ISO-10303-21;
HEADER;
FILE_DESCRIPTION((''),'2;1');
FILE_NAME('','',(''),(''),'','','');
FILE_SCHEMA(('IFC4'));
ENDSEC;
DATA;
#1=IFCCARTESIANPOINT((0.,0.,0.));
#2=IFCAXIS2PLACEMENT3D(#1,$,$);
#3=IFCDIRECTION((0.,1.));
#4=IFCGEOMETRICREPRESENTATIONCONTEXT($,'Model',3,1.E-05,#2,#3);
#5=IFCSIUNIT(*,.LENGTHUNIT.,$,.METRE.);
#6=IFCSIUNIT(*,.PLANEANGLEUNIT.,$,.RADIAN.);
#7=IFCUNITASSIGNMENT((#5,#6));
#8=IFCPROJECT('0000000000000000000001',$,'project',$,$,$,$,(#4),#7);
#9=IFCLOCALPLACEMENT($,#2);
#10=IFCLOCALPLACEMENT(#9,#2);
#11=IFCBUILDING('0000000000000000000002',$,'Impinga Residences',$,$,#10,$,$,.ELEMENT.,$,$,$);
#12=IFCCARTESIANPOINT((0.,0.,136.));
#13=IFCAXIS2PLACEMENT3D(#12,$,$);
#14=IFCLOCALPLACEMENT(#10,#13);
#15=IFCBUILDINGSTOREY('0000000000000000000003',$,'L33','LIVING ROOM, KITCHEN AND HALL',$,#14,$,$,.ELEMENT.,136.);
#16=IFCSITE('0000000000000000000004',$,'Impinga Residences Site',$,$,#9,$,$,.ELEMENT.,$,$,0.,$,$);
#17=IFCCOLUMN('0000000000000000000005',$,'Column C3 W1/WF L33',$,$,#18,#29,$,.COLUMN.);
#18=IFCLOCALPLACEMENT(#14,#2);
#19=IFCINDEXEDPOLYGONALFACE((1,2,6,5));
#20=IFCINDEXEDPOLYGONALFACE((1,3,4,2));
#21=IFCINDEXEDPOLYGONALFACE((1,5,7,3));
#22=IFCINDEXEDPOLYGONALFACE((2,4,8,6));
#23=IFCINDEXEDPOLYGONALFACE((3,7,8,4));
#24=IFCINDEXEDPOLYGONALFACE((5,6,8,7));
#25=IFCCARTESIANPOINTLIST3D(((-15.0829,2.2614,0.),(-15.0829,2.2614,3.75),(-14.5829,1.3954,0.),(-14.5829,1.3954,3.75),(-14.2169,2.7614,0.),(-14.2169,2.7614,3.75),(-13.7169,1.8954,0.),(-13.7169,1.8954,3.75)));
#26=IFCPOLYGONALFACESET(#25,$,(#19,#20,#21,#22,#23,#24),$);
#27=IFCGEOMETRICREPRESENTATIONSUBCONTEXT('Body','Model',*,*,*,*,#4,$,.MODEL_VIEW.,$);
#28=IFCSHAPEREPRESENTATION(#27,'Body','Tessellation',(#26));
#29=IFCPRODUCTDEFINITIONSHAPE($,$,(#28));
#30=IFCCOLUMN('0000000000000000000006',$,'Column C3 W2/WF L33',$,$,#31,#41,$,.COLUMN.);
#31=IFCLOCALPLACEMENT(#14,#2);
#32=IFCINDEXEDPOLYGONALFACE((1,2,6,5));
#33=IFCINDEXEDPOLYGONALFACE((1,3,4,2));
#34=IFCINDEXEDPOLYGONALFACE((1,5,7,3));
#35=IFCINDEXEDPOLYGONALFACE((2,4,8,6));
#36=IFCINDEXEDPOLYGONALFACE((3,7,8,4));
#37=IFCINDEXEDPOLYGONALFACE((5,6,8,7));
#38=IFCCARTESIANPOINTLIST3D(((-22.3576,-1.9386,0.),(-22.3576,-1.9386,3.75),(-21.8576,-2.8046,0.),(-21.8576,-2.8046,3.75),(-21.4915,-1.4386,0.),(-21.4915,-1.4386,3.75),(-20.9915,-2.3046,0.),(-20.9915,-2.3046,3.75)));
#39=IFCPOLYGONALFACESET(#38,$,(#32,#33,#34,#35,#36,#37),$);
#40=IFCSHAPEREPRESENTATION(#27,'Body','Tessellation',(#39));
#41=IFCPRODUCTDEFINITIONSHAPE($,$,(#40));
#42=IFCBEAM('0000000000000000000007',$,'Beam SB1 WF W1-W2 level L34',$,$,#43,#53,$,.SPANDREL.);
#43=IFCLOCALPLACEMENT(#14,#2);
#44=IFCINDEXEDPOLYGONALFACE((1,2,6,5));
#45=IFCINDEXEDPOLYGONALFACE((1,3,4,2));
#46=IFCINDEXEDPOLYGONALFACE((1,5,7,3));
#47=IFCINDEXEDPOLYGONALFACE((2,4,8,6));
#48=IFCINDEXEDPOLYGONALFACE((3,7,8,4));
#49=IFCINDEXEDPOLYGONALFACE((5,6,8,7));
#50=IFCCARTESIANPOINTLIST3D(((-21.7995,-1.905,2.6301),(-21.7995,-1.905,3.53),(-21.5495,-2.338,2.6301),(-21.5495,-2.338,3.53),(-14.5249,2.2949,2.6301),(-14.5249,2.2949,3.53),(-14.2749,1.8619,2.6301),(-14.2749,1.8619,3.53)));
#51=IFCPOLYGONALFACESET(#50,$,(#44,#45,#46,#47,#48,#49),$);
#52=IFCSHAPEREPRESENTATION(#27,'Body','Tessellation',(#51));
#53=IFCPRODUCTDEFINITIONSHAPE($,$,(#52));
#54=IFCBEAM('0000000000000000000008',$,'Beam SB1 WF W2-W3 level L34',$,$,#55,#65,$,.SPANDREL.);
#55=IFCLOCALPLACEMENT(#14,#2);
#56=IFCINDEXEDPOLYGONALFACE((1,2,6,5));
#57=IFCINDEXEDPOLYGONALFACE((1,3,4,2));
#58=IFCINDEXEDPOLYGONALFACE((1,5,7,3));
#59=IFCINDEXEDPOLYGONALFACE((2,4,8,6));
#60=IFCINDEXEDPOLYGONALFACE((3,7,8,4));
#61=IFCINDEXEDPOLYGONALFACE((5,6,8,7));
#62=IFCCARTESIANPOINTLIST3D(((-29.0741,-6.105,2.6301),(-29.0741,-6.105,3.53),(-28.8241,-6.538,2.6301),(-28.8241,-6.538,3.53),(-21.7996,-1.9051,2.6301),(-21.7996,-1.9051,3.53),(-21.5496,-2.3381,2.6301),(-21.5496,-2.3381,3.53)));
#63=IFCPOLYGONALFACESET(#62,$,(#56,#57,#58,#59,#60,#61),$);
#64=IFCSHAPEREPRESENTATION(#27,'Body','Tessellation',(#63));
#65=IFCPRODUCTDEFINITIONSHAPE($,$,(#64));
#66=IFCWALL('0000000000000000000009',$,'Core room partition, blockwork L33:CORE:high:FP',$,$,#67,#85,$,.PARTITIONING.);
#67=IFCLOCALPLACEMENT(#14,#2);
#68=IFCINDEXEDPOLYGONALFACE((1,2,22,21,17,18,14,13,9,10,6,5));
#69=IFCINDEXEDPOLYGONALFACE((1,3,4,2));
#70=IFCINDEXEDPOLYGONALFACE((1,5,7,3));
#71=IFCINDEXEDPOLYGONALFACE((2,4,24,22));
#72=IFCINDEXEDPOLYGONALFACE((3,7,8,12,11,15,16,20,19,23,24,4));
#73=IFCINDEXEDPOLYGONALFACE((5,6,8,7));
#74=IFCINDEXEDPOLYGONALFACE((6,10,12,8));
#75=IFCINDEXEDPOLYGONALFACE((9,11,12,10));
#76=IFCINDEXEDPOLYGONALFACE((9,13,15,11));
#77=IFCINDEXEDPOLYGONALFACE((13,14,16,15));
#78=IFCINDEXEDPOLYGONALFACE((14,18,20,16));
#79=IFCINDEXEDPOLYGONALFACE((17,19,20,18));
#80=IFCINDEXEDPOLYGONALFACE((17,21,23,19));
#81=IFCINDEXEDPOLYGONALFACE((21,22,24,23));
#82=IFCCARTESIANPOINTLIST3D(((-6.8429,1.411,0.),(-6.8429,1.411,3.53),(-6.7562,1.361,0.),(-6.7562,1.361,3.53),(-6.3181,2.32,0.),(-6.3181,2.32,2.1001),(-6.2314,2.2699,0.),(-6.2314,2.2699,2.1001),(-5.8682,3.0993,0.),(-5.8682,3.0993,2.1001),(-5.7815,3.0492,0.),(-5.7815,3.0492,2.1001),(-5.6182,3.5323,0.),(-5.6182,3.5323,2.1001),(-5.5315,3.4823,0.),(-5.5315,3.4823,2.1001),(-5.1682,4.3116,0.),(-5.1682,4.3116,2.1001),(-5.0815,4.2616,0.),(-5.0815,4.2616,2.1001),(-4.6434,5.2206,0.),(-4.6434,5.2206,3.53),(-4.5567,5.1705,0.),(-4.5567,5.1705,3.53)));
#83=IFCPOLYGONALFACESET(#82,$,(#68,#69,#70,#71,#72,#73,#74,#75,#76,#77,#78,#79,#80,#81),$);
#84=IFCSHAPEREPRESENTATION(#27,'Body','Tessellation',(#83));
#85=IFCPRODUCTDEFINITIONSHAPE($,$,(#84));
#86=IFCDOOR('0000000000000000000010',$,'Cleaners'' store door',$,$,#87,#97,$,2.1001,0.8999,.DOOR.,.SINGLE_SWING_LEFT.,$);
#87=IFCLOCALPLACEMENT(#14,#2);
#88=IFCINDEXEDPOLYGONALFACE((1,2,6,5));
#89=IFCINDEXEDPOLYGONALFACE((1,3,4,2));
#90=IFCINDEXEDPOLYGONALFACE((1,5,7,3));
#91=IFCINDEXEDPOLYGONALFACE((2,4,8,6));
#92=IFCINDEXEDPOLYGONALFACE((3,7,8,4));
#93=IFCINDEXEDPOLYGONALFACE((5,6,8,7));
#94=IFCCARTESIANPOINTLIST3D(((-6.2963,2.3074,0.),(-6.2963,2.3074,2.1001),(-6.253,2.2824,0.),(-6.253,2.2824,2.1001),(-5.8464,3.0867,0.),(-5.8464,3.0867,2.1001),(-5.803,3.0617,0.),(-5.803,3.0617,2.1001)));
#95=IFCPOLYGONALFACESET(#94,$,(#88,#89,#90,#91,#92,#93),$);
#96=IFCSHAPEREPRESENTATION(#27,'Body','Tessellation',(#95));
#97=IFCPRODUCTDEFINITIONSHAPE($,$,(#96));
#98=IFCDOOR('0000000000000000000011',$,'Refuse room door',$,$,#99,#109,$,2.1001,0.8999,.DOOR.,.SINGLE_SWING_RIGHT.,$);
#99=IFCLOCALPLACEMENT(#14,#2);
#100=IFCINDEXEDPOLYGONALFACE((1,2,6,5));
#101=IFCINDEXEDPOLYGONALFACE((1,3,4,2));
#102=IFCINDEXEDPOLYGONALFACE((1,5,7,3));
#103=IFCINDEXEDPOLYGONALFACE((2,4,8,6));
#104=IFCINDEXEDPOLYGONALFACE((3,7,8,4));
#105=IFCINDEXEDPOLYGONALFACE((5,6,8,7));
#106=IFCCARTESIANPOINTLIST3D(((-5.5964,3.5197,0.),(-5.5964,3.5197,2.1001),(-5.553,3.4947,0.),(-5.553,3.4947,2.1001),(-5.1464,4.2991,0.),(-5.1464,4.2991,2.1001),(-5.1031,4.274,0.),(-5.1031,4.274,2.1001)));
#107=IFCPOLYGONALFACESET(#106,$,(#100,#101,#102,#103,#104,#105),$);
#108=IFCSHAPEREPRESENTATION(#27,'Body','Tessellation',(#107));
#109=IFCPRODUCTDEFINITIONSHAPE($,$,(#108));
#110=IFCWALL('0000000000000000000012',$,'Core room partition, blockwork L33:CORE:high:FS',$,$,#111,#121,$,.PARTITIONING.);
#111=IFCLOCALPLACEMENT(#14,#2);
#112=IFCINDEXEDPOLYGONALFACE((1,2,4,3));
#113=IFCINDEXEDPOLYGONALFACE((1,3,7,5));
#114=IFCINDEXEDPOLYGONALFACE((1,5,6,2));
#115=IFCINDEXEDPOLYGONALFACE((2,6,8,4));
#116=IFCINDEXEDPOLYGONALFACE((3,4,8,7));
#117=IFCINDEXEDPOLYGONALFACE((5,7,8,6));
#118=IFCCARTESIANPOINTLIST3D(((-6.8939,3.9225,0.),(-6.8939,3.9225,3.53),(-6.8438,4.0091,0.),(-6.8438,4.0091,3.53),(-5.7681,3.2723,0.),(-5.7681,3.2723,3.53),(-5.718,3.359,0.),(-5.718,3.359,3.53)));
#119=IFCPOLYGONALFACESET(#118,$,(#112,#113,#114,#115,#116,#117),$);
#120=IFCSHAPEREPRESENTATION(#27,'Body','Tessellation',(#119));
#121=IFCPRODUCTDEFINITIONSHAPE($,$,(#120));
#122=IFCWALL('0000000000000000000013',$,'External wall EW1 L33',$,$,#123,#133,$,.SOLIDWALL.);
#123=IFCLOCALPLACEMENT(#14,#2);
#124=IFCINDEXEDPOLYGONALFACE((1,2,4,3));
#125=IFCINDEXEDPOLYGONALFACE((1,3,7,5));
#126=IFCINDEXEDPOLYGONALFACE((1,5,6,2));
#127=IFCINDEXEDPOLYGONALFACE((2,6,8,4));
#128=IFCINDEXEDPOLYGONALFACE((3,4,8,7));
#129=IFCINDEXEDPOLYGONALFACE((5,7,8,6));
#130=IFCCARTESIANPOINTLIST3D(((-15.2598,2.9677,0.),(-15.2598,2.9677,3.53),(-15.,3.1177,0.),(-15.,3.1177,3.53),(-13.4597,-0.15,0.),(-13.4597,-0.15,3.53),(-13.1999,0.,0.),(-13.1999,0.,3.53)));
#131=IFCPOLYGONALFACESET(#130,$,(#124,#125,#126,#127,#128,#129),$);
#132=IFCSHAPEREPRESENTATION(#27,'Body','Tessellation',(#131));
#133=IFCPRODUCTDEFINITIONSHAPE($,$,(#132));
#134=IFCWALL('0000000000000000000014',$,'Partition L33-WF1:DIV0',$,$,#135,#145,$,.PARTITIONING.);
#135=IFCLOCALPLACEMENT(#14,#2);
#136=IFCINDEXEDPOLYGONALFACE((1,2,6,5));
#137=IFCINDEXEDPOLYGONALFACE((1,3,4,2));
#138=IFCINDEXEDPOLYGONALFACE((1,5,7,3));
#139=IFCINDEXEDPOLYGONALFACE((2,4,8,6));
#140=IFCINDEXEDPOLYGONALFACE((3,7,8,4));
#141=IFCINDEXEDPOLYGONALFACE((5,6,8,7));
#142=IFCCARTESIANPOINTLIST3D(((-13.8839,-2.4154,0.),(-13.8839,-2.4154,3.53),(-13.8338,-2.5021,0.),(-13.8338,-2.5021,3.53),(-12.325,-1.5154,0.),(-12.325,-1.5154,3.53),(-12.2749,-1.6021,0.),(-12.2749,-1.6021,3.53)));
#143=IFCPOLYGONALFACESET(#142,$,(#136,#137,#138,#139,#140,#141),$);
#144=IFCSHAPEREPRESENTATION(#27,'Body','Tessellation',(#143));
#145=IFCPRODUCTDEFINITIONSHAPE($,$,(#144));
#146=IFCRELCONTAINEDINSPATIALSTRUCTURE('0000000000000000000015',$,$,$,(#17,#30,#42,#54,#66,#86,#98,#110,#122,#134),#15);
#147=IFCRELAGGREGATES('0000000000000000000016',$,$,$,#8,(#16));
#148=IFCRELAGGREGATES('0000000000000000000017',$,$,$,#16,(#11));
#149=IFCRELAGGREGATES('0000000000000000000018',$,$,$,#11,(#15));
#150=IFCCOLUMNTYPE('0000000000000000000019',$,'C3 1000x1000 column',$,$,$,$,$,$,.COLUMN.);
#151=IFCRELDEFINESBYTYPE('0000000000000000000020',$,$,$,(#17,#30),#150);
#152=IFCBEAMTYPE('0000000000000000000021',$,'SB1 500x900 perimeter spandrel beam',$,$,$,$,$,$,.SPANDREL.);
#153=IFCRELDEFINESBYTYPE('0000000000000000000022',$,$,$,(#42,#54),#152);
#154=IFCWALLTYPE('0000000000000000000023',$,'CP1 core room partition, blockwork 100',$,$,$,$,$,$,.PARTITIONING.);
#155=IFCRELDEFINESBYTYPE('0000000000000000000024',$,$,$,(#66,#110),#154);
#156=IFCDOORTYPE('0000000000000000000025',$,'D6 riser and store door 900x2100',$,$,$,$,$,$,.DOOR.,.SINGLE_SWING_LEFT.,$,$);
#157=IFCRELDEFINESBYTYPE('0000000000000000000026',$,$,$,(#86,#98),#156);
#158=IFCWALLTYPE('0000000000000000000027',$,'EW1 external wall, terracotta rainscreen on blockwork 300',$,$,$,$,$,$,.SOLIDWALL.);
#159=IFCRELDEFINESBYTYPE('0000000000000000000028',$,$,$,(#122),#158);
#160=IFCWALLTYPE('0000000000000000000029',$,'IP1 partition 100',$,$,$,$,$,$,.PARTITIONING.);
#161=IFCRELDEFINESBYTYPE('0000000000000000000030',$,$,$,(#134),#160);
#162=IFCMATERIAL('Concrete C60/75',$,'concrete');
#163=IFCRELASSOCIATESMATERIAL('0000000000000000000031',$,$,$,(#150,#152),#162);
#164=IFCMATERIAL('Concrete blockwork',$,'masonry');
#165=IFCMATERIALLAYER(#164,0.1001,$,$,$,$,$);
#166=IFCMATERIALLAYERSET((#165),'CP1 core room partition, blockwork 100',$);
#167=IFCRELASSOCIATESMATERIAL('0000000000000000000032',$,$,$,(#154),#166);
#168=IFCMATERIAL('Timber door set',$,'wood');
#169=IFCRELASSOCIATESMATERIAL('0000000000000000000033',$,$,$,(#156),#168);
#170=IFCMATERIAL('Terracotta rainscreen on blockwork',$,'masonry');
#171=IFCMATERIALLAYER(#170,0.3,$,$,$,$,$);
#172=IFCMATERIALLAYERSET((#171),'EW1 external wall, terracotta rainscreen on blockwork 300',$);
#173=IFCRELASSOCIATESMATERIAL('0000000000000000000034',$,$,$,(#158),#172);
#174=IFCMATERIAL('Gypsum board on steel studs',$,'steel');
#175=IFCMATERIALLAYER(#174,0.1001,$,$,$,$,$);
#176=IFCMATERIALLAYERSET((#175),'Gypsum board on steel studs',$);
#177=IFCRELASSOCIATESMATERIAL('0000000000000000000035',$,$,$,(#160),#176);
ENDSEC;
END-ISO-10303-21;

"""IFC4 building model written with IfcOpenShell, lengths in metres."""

from ifc_helpers import new_model, si_unit, direction, frame, frame_2d, origin, origin_2d, place, context, subcontext, project, spatial, rectangle, extrude, material, layer, layer_set, material_profile, profile_set, type_object, element, fill, save


model = new_model("IFC4")

# Units and contexts
model_context = context("Model", 3, precision=1e-05, world=origin(), true_north=direction((0.0, 1.0)))
body_context = subcontext(model_context, "Body", "Model", "MODEL_VIEW")
ifc_project = project(units=[si_unit("LENGTHUNIT", "METRE"), si_unit("PLANEANGLEUNIT", "RADIAN")], contexts=[model_context])

# Site, building, storey
site_placement = place(None, origin())
site = spatial("IfcSite", under=ifc_project, at=site_placement, Name="Impinga Residences Site", CompositionType="ELEMENT", RefElevation=0.0)
building_placement = place(site_placement, origin())
building = spatial("IfcBuilding", under=site, at=building_placement, Name="Impinga Residences", CompositionType="ELEMENT")
storey_placement = place(building_placement, frame((0.0, 0.0, 136.0)))
storey = spatial("IfcBuildingStorey", under=building, at=storey_placement, Name="L33", Description="LIVING ROOM, KITCHEN AND HALL", CompositionType="ELEMENT", Elevation=136.0)

# Columns
ifc_material_1 = material(Name="Concrete C60/75", Category="concrete")
ifc_material_profile_1 = material_profile(ifc_material_1, rectangle(XDim=1.0, YDim=1.0, at=origin_2d()), Name="RC 1000x1000")
ifc_profile_set_1 = profile_set([ifc_material_profile_1], Name="Concrete C60/75")
column_type = type_object("IfcColumnType", Name="C3 1000x1000 column", PredefinedType="COLUMN", material=ifc_profile_set_1)
for number, where, z_axis, x_axis, name in (
    (1, (-14.3999, 2.0784, 0.0), (0.0, 0.0, 1.0), (-0.5, 0.866025, 0.0), "Column C3 W1/WF L33"),
    (2, (-21.6746, -2.1216, 0.0), (0.0, 0.0, 1.0), (-0.5, 0.866025, 0.0), "Column C3 W2/WF L33"),
):
    element("IfcColumn", number, at=place(storey_placement, frame(where, z_axis=z_axis, x_axis=x_axis)), inside=storey, type_object=column_type, Name=name, PredefinedType="COLUMN", context=body_context, shape_type="SweptSolid", body=[
        extrude(rectangle(XDim=1.0, YDim=1.0, at=origin_2d()), origin(), (0.0, 0.0, 1.0), 3.75),
    ])

# Beams
ifc_material_profile_2 = material_profile(ifc_material_1, rectangle(XDim=0.5, YDim=0.8999, at=origin_2d()), Name="RC 500x900")
ifc_profile_set_2 = profile_set([ifc_material_profile_2], Name="Concrete C60/75")
beam_type = type_object("IfcBeamType", Name="SB1 500x900 perimeter spandrel beam", PredefinedType="SPANDREL", material=ifc_profile_set_2)
for number, where, z_axis, x_axis, name in (
    (3, (-14.3999, 2.0784, 3.0801), (-0.866029, -0.499993, 0.0), (0.499993, -0.866029, 0.0), "Beam SB1 WF W1-W2 level L34"),
    (4, (-21.6746, -2.1216, 3.0801), (-0.866029, -0.499993, 0.0), (0.499993, -0.866029, 0.0), "Beam SB1 WF W2-W3 level L34"),
):
    element("IfcBeam", number, at=place(storey_placement, frame(where, z_axis=z_axis, x_axis=x_axis)), inside=storey, type_object=beam_type, Name=name, PredefinedType="SPANDREL", context=body_context, shape_type="SweptSolid", body=[
        extrude(rectangle(XDim=0.5, YDim=0.8999, at=origin_2d()), origin(), (0.0, 0.0, 1.0), 8.3999),
    ])

# Wall, openings, doors
ifc_material_2 = material(Name="Concrete blockwork", Category="masonry")
ifc_layer_1 = layer(ifc_material_2, 0.1001)
ifc_layer_set_1 = layer_set([ifc_layer_1], Name="CP1 core room partition, blockwork 100")
wall_type_1 = type_object("IfcWallType", Name="CP1 core room partition, blockwork 100", PredefinedType="PARTITIONING", material=ifc_layer_set_1)
wall_1_placement = place(storey_placement, frame((-6.7996, 1.386, 0.0), z_axis=(0.0, 0.0, 1.0), x_axis=(0.500001, 0.866025, 0.0)))
wall_1 = element("IfcWall", 5, at=wall_1_placement, inside=storey, type_object=wall_type_1, Name="Core room partition, blockwork L33:CORE:high:FP", PredefinedType="PARTITIONING", context=body_context, shape_type="SweptSolid", body=[
    extrude(rectangle(XDim=4.3989, YDim=0.1001, at=frame_2d((2.1995, 0.0))), origin(), (0.0, 0.0, 1.0), 3.53),
])
opening_1_placement = place(wall_1_placement, frame((1.0496, 0.0, 0.0)))
opening_1 = element("IfcOpeningElement", 6, at=opening_1_placement, cuts=wall_1, PredefinedType="OPENING", context=body_context, shape_type="SweptSolid", body=[
    extrude(rectangle(XDim=0.8999, YDim=2.1001, at=frame_2d((0.45, 1.05))), frame((0.0, 0.0601, 0.0), z_axis=(0.0, -1.0, 0.0), x_axis=(1.0, 0.0, 0.0)), (0.0, 0.0, 1.0), 0.1201),
])
opening_2_placement = place(wall_1_placement, frame((2.4495, 0.0, 0.0)))
opening_2 = element("IfcOpeningElement", 7, at=opening_2_placement, cuts=wall_1, PredefinedType="OPENING", context=body_context, shape_type="SweptSolid", body=[
    extrude(rectangle(XDim=0.8999, YDim=2.1001, at=frame_2d((0.45, 1.05))), frame((0.0, 0.0601, 0.0), z_axis=(0.0, -1.0, 0.0), x_axis=(1.0, 0.0, 0.0)), (0.0, 0.0, 1.0), 0.1201),
])
ifc_material_3 = material(Name="Timber door set", Category="wood")
door_type_1 = type_object("IfcDoorType", Name="D6 riser and store door 900x2100", OperationType="SINGLE_SWING_LEFT", PredefinedType="DOOR", material=ifc_material_3)
door_1_placement = place(opening_1_placement, origin())
door_1 = element("IfcDoor", 8, at=door_1_placement, inside=storey, type_object=door_type_1, Name="Cleaners' store door", OperationType="SINGLE_SWING_LEFT", OverallHeight=2.1001, OverallWidth=0.8999, PredefinedType="DOOR", context=body_context, shape_type="SweptSolid", body=[
    extrude(rectangle(XDim=0.8999, YDim=2.1001, at=frame_2d((0.45, 1.05))), frame((0.0, 0.0249, 0.0), z_axis=(0.0, -1.0, 0.0), x_axis=(1.0, 0.0, 0.0)), (0.0, 0.0, 1.0), 0.05),
])
fill(opening_1, door_1)
door_2_placement = place(opening_2_placement, origin())
door_2 = element("IfcDoor", 9, at=door_2_placement, inside=storey, type_object=door_type_1, Name="Refuse room door", OperationType="SINGLE_SWING_RIGHT", OverallHeight=2.1001, OverallWidth=0.8999, PredefinedType="DOOR", context=body_context, shape_type="SweptSolid", body=[
    extrude(rectangle(XDim=0.8999, YDim=2.1001, at=frame_2d((0.45, 1.05))), frame((0.0, 0.0249, 0.0), z_axis=(0.0, -1.0, 0.0), x_axis=(1.0, 0.0, 0.0)), (0.0, 0.0, 1.0), 0.05),
])
fill(opening_2, door_2)

# Walls
wall_2_placement = place(storey_placement, frame((-5.7432, 3.3157, 0.0), z_axis=(0.0, 0.0, 1.0), x_axis=(-0.865957, 0.500118, 0.0)))
element("IfcWall", 10, at=wall_2_placement, inside=storey, type_object=wall_type_1, Name="Core room partition, blockwork L33:CORE:high:FS", PredefinedType="PARTITIONING", context=body_context, shape_type="SweptSolid", body=[
    extrude(rectangle(XDim=1.3, YDim=0.1001, at=frame_2d((0.6499, 0.0))), origin(), (0.0, 0.0, 1.0), 3.53),
])
ifc_material_4 = material(Name="Terracotta rainscreen on blockwork", Category="masonry")
ifc_layer_2 = layer(ifc_material_4, 0.3)
ifc_layer_set_2 = layer_set([ifc_layer_2], Name="EW1 external wall, terracotta rainscreen on blockwork 300")
wall_type_2 = type_object("IfcWallType", Name="EW1 external wall, terracotta rainscreen on blockwork 300", PredefinedType="SOLIDWALL", material=ifc_layer_set_2)
wall_3_placement = place(storey_placement, frame((-15.1299, 3.0427, 0.0), z_axis=(0.0, 0.0, 1.0), x_axis=(0.500012, -0.866018, 0.0)))
element("IfcWall", 11, at=wall_3_placement, inside=storey, type_object=wall_type_2, Name="External wall EW1 L33", PredefinedType="SOLIDWALL", context=body_context, shape_type="SweptSolid", body=[
    extrude(rectangle(XDim=3.6001, YDim=0.3, at=frame_2d((1.8, 0.0))), origin(), (0.0, 0.0, 1.0), 3.53),
])
ifc_material_5 = material(Name="Gypsum board on steel studs", Category="steel")
ifc_layer_3 = layer(ifc_material_5, 0.1001)
ifc_layer_set_3 = layer_set([ifc_layer_3], Name="Gypsum board on steel studs")
wall_type_3 = type_object("IfcWallType", Name="IP1 partition 100", PredefinedType="PARTITIONING", material=ifc_layer_set_3)
wall_4_placement = place(storey_placement, frame((-12.3, -1.5588, 0.0), z_axis=(0.0, 0.0, 1.0), x_axis=(-0.866048, -0.499961, 0.0)))
element("IfcWall", 12, at=wall_4_placement, inside=storey, type_object=wall_type_3, Name="Partition L33-WF1:DIV0", PredefinedType="PARTITIONING", context=body_context, shape_type="SweptSolid", body=[
    extrude(rectangle(XDim=1.8, YDim=0.1001, at=frame_2d((0.8999, 0.0))), origin(), (0.0, 0.0, 1.0), 3.53),
])

save(model, "model.ifc")
